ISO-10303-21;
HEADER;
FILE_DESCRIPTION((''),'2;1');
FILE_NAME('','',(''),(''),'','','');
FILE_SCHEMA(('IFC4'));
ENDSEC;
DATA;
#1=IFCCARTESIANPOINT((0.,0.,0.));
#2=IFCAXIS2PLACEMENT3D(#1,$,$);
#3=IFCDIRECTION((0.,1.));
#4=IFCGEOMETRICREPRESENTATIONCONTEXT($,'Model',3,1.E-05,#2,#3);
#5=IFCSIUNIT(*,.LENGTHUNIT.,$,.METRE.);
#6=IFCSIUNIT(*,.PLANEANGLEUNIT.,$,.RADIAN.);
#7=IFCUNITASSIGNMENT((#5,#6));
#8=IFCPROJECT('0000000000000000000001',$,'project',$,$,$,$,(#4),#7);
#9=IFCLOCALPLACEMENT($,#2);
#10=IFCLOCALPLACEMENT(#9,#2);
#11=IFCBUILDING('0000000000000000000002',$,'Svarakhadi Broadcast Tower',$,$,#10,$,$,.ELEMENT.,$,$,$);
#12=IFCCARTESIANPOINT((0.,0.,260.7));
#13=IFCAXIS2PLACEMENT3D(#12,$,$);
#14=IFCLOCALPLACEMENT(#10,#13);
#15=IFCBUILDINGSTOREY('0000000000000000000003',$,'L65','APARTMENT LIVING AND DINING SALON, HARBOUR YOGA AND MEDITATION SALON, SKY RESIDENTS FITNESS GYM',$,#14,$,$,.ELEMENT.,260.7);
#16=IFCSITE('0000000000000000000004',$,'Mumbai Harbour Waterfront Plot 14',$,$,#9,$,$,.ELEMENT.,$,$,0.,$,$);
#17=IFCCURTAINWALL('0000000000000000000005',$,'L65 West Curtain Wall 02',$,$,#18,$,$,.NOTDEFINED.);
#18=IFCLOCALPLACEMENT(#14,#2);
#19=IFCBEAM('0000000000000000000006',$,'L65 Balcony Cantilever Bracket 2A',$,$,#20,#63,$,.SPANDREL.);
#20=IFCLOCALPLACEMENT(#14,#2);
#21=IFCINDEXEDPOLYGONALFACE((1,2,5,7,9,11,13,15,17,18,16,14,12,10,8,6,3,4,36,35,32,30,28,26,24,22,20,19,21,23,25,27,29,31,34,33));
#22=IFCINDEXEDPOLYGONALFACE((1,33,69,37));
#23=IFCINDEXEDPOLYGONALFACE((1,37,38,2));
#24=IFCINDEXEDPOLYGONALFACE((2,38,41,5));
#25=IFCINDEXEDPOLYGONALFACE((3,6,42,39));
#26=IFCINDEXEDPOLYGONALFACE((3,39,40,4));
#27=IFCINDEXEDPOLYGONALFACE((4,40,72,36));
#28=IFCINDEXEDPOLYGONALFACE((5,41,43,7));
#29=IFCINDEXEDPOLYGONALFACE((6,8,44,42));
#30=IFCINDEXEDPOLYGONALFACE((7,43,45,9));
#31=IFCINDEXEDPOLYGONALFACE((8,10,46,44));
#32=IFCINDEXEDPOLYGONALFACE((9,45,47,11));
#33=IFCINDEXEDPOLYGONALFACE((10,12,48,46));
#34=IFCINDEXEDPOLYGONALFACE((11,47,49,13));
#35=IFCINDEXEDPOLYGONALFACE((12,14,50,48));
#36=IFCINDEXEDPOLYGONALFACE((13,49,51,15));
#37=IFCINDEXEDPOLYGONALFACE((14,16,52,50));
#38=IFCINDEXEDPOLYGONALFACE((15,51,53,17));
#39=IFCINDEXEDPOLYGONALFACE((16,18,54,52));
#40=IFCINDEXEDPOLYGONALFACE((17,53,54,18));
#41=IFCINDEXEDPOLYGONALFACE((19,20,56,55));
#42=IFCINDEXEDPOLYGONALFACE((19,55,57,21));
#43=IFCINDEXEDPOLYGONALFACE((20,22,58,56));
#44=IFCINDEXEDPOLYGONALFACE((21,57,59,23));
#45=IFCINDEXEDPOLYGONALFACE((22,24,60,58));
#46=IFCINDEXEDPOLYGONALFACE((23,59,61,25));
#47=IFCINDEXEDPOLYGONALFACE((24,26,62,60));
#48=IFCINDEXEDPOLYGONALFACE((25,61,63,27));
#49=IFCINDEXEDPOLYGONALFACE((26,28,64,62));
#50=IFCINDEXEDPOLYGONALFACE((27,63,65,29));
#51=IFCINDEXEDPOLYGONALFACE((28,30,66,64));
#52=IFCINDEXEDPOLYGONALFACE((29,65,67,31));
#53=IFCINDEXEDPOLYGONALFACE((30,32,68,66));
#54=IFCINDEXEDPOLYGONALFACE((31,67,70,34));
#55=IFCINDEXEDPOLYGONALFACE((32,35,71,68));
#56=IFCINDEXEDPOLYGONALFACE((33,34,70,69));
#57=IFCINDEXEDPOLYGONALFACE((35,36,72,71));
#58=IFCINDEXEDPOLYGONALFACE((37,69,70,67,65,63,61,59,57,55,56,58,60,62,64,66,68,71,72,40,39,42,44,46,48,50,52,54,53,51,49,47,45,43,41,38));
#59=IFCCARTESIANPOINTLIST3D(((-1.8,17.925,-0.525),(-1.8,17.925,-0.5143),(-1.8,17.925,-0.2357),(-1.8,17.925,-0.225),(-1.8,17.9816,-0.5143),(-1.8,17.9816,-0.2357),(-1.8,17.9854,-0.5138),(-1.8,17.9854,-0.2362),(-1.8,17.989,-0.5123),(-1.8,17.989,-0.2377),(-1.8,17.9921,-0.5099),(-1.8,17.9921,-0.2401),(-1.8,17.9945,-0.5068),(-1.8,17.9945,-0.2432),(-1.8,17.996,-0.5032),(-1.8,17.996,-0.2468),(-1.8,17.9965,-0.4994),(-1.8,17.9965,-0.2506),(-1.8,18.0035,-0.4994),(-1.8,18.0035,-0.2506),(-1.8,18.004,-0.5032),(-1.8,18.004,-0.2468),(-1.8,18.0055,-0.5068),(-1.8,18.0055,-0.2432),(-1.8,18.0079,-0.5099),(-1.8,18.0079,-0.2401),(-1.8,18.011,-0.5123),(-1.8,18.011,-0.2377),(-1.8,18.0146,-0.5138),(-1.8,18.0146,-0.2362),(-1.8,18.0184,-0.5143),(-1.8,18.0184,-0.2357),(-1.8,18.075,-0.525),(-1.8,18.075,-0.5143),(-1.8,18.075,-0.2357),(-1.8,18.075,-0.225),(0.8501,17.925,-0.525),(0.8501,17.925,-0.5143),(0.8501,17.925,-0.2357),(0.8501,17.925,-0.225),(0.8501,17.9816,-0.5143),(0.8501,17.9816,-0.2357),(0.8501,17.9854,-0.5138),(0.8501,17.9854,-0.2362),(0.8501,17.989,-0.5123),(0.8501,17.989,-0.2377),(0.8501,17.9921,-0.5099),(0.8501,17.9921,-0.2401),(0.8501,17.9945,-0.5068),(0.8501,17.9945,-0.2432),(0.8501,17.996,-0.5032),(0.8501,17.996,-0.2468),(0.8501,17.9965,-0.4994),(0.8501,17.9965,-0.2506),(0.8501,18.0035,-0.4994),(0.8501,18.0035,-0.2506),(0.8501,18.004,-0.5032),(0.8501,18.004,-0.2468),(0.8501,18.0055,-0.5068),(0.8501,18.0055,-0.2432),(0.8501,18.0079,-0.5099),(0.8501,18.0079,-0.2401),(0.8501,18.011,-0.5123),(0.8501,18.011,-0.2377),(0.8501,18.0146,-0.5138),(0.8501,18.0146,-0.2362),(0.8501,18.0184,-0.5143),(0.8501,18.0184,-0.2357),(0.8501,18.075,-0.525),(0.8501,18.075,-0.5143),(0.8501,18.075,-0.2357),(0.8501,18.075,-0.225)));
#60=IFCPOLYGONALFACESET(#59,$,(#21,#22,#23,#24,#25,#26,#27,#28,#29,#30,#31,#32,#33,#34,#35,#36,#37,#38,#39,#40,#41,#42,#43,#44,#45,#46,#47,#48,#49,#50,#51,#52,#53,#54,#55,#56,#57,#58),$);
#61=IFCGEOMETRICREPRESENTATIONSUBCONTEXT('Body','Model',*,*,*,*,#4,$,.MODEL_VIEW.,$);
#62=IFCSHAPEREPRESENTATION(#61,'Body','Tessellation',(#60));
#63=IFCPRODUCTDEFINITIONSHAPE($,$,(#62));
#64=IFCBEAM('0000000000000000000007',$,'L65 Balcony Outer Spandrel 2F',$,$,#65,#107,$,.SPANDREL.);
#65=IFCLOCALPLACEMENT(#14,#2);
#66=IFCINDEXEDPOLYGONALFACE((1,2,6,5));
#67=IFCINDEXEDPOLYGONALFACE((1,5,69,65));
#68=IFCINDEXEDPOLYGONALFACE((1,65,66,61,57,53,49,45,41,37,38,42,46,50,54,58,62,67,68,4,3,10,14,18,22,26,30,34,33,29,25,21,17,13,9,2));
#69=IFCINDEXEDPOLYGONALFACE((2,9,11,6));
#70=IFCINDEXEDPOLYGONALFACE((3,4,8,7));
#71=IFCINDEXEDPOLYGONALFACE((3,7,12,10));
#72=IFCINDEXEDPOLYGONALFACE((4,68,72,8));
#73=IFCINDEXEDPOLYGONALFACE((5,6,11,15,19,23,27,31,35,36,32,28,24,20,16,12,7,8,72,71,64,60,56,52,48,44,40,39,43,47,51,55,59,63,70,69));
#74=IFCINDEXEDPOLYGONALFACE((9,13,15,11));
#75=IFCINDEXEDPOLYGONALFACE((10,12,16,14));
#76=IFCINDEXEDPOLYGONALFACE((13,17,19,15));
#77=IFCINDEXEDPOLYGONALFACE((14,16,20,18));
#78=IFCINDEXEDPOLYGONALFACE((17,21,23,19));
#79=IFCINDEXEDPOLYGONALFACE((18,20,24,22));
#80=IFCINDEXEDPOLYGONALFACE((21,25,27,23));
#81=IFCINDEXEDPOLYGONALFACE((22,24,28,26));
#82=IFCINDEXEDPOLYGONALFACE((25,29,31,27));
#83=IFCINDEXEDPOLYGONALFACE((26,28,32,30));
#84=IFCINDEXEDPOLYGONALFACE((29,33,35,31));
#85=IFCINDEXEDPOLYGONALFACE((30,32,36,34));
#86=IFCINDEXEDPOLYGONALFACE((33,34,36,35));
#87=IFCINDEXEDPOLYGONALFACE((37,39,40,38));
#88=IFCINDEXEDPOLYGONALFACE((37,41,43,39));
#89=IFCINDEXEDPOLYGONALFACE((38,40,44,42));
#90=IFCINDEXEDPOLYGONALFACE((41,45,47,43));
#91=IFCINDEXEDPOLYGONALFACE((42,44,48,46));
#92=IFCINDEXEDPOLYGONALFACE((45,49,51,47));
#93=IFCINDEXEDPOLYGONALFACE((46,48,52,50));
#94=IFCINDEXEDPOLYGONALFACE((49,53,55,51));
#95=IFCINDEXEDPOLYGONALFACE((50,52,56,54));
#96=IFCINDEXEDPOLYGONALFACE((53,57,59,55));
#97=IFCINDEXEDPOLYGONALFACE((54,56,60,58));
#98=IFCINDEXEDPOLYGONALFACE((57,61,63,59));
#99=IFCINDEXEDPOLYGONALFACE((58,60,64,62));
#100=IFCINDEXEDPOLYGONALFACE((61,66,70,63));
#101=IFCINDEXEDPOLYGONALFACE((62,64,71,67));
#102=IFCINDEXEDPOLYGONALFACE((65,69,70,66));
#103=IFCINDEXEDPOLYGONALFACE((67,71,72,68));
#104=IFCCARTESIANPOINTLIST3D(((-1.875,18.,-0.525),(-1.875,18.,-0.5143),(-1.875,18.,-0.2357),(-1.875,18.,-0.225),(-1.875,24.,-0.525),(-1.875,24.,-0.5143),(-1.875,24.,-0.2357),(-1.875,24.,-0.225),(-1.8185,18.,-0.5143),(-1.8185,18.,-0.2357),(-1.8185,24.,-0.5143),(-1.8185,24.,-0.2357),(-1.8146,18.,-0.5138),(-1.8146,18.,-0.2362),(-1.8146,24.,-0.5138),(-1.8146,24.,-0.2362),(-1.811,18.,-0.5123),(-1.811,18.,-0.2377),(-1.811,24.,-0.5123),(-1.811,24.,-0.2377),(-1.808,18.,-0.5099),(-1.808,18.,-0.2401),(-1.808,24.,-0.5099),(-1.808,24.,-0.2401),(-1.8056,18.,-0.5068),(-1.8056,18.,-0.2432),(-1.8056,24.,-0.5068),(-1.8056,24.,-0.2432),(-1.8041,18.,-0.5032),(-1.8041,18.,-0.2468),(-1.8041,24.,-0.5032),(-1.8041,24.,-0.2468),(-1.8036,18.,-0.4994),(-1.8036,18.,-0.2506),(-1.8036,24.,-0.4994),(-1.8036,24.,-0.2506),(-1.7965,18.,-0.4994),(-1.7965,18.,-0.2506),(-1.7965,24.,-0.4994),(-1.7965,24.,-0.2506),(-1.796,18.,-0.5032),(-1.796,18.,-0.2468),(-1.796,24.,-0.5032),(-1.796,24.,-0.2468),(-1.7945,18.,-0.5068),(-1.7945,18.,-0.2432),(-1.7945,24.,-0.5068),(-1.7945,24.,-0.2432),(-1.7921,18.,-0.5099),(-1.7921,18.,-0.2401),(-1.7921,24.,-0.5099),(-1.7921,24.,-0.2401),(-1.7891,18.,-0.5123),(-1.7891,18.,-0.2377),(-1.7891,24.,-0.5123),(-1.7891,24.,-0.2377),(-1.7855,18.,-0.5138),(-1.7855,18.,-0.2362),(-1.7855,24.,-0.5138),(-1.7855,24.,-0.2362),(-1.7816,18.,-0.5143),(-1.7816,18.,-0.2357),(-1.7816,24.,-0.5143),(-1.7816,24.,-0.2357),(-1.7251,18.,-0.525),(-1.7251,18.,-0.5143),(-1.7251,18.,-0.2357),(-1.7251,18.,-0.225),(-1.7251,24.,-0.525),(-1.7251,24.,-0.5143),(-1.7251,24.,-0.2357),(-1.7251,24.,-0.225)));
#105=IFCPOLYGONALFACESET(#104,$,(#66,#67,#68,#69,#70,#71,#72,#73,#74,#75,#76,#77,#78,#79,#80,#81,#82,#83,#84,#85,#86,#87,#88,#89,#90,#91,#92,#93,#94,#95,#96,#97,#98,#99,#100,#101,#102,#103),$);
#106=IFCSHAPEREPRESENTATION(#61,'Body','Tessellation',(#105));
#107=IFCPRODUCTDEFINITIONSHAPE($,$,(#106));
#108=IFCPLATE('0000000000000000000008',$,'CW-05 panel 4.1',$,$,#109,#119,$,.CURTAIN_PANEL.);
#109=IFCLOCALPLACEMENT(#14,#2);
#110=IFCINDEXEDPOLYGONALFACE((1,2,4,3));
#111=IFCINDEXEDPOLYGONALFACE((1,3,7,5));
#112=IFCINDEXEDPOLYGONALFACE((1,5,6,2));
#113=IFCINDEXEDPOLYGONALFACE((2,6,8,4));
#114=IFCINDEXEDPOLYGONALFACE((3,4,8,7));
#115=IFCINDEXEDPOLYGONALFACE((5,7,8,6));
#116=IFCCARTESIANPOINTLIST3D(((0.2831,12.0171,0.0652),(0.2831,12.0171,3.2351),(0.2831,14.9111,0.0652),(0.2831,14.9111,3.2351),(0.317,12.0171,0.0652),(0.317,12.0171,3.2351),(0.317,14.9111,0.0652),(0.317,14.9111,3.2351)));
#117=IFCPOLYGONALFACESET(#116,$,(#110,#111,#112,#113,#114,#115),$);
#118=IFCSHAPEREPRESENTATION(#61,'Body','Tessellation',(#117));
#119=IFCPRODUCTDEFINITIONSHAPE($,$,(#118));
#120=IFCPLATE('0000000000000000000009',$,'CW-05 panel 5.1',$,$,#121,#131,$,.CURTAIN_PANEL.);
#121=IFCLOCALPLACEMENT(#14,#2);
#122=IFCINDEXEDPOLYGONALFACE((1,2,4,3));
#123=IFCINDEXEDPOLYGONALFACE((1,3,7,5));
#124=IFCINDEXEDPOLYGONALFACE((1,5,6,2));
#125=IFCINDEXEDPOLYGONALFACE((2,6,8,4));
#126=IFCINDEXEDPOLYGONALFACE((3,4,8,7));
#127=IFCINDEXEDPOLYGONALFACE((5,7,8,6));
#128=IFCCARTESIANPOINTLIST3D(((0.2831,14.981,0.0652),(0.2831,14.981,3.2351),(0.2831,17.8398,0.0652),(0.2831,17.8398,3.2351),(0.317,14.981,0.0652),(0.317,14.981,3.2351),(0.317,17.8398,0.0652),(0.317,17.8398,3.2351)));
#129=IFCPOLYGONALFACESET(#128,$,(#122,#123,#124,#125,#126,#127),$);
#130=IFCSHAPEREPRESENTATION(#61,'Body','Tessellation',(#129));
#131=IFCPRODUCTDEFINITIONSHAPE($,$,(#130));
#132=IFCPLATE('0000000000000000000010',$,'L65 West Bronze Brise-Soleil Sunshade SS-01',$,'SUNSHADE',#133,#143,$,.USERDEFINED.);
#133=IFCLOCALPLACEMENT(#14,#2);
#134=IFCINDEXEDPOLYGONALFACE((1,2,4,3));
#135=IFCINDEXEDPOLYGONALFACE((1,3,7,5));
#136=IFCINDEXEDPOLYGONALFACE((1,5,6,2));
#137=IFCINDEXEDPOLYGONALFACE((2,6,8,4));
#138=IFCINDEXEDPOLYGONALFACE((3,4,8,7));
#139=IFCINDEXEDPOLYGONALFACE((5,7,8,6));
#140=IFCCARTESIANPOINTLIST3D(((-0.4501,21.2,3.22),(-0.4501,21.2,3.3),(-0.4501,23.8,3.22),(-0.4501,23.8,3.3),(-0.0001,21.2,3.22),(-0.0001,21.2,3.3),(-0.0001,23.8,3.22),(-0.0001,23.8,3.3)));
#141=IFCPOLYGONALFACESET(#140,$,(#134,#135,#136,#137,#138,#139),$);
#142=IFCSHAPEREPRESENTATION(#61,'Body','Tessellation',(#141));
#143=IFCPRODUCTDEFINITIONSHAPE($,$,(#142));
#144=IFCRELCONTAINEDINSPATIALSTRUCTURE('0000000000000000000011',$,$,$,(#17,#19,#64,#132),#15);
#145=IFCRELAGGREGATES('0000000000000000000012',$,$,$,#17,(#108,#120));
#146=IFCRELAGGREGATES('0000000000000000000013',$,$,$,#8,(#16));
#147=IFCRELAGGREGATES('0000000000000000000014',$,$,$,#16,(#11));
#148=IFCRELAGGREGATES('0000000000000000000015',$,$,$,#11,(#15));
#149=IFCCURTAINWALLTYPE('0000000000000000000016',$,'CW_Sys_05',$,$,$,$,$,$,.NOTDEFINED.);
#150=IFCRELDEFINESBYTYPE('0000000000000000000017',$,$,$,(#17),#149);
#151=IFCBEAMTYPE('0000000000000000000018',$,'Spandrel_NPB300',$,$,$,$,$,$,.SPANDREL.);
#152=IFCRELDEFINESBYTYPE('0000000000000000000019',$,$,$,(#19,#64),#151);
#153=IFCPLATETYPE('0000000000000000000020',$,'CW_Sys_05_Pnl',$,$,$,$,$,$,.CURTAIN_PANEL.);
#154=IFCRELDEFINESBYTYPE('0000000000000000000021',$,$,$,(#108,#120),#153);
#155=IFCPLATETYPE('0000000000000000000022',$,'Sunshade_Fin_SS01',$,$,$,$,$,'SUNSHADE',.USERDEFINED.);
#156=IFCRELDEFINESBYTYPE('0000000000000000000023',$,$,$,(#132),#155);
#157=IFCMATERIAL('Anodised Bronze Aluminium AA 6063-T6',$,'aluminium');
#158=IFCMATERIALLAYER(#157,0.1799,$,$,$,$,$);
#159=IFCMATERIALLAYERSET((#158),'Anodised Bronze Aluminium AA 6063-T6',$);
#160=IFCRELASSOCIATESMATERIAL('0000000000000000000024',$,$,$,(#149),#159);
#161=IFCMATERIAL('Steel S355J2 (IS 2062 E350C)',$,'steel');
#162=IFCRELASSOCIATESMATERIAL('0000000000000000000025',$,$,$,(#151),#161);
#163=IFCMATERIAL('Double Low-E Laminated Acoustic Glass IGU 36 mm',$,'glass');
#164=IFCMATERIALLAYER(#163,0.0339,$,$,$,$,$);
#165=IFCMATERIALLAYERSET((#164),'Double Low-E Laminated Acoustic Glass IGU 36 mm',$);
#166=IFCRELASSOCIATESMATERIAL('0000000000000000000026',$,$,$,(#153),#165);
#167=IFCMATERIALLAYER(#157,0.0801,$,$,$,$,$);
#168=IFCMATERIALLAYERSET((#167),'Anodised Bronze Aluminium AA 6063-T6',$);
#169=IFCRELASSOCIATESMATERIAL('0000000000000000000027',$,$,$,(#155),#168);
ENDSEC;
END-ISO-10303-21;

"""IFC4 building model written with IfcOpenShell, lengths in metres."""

from ifc_helpers import new_model, si_unit, direction, frame, origin, origin_2d, place, context, subcontext, project, spatial, rectangle, i_section, extrude, material, layer, layer_set, material_profile, profile_set, type_object, element, aggregate, save


model = new_model("IFC4")

# Units and contexts
model_context = context("Model", 3, precision=1e-05, world=origin(), true_north=direction((0.0, 1.0)))
body_context = subcontext(model_context, "Body", "Model", "MODEL_VIEW")
ifc_project = project(units=[si_unit("LENGTHUNIT", "METRE"), si_unit("PLANEANGLEUNIT", "RADIAN")], contexts=[model_context])

# Site, building, storey
site_placement = place(None, origin())
site = spatial("IfcSite", under=ifc_project, at=site_placement, Name="Mumbai Harbour Waterfront Plot 14", CompositionType="ELEMENT", RefElevation=0.0)
building_placement = place(site_placement, origin())
building = spatial("IfcBuilding", under=site, at=building_placement, Name="Svarakhadi Broadcast Tower", CompositionType="ELEMENT")
storey_placement = place(building_placement, frame((0.0, 0.0, 260.7)))
storey = spatial("IfcBuildingStorey", under=building, at=storey_placement, Name="L65", Description="APARTMENT LIVING AND DINING SALON, HARBOUR YOGA AND MEDITATION SALON, SKY RESIDENTS FITNESS GYM", CompositionType="ELEMENT", Elevation=260.7)

# Shared definitions
ifc_material_1 = material(Name="Steel S355J2 (IS 2062 E350C)", Category="steel")

# Curtain wall
ifc_material_2 = material(Name="Anodised Bronze Aluminium AA 6063-T6", Category="aluminium")
ifc_layer_1 = layer(ifc_material_2, 0.1799)
ifc_layer_set_1 = layer_set([ifc_layer_1], Name="Anodised Bronze Aluminium AA 6063-T6")
curtain_wall_type = type_object("IfcCurtainWallType", Name="CW_Sys_05", PredefinedType="NOTDEFINED", material=ifc_layer_set_1)
curtain_wall_placement = place(storey_placement, origin())
curtain_wall = element("IfcCurtainWall", 1, at=curtain_wall_placement, inside=storey, type_object=curtain_wall_type, Name="L65 West Curtain Wall 02", PredefinedType="NOTDEFINED")

# Beams
ifc_material_profile_1 = material_profile(ifc_material_1, i_section(OverallWidth=0.1499, OverallDepth=0.3, WebThickness=0.0071, FlangeThickness=0.0107, FilletRadius=0.0149, at=origin_2d()), Name="NPB 300x150x37")
ifc_profile_set_1 = profile_set([ifc_material_profile_1], Name="Steel S355J2 (IS 2062 E350C)")
beam_type_1 = type_object("IfcBeamType", Name="Spandrel_NPB300", PredefinedType="SPANDREL", material=ifc_profile_set_1)
beam_1_placement = place(storey_placement, frame((0.8501, 18.0, -0.375), z_axis=(-1.0, 0.0, 0.0), x_axis=(0.0, -1.0, 0.0)))
element("IfcBeam", 2, at=beam_1_placement, inside=storey, type_object=beam_type_1, Name="L65 Balcony Cantilever Bracket 2A", PredefinedType="SPANDREL", context=body_context, shape_type="SweptSolid", body=[
    extrude(i_section(OverallWidth=0.1499, OverallDepth=0.3, WebThickness=0.0071, FlangeThickness=0.0107, FilletRadius=0.0149, at=origin_2d()), origin(), (0.0, 0.0, 1.0), 2.6501),
])
beam_2_placement = place(storey_placement, frame((-1.8, 18.0, -0.375), z_axis=(0.0, 1.0, 0.0), x_axis=(-1.0, 0.0, 0.0)))
element("IfcBeam", 3, at=beam_2_placement, inside=storey, type_object=beam_type_1, Name="L65 Balcony Outer Spandrel 2F", PredefinedType="SPANDREL", context=body_context, shape_type="SweptSolid", body=[
    extrude(i_section(OverallWidth=0.1499, OverallDepth=0.3, WebThickness=0.0071, FlangeThickness=0.0107, FilletRadius=0.0149, at=origin_2d()), origin(), (0.0, 0.0, 1.0), 6.0),
])

# Plates
ifc_material_3 = material(Name="Double Low-E Laminated Acoustic Glass IGU 36 mm", Category="glass")
ifc_layer_2 = layer(ifc_material_3, 0.0339)
ifc_layer_set_2 = layer_set([ifc_layer_2], Name="Double Low-E Laminated Acoustic Glass IGU 36 mm")
plate_type_1 = type_object("IfcPlateType", Name="CW_Sys_05_Pnl", PredefinedType="CURTAIN_PANEL", material=ifc_layer_set_2)
plate_1_placement = place(storey_placement, frame((0.3, 13.4641, 0.0652), z_axis=(0.0, 0.0, 1.0), x_axis=(0.0, 1.0, 0.0)))
plate_1 = element("IfcPlate", 4, at=plate_1_placement, type_object=plate_type_1, Name="CW-05 panel 4.1", PredefinedType="CURTAIN_PANEL", context=body_context, shape_type="SweptSolid", body=[
    extrude(rectangle(XDim=2.894, YDim=0.0339, at=origin_2d()), origin(), (0.0, 0.0, 1.0), 3.1699),
])
plate_2_placement = place(storey_placement, frame((0.3, 16.4104, 0.0652), z_axis=(0.0, 0.0, 1.0), x_axis=(0.0, 1.0, 0.0)))
plate_2 = element("IfcPlate", 5, at=plate_2_placement, type_object=plate_type_1, Name="CW-05 panel 5.1", PredefinedType="CURTAIN_PANEL", context=body_context, shape_type="SweptSolid", body=[
    extrude(rectangle(XDim=2.8589, YDim=0.0339, at=origin_2d()), origin(), (0.0, 0.0, 1.0), 3.1699),
])
aggregate(curtain_wall, [plate_1, plate_2])
ifc_layer_3 = layer(ifc_material_2, 0.0801)
ifc_layer_set_3 = layer_set([ifc_layer_3], Name="Anodised Bronze Aluminium AA 6063-T6")
plate_type_2 = type_object("IfcPlateType", Name="Sunshade_Fin_SS01", ElementType="SUNSHADE", PredefinedType="USERDEFINED", material=ifc_layer_set_3)
plate_3_placement = place(storey_placement, frame((-0.2251, 22.5, 3.22), z_axis=(0.0, 0.0, 1.0), x_axis=(0.0, 1.0, 0.0)))
element("IfcPlate", 6, at=plate_3_placement, inside=storey, type_object=plate_type_2, Name="L65 West Bronze Brise-Soleil Sunshade SS-01", ObjectType="SUNSHADE", PredefinedType="USERDEFINED", context=body_context, shape_type="SweptSolid", body=[
    extrude(rectangle(XDim=2.6001, YDim=0.45, at=origin_2d()), origin(), (0.0, 0.0, 1.0), 0.0801),
])

save(model, "model.ifc")
